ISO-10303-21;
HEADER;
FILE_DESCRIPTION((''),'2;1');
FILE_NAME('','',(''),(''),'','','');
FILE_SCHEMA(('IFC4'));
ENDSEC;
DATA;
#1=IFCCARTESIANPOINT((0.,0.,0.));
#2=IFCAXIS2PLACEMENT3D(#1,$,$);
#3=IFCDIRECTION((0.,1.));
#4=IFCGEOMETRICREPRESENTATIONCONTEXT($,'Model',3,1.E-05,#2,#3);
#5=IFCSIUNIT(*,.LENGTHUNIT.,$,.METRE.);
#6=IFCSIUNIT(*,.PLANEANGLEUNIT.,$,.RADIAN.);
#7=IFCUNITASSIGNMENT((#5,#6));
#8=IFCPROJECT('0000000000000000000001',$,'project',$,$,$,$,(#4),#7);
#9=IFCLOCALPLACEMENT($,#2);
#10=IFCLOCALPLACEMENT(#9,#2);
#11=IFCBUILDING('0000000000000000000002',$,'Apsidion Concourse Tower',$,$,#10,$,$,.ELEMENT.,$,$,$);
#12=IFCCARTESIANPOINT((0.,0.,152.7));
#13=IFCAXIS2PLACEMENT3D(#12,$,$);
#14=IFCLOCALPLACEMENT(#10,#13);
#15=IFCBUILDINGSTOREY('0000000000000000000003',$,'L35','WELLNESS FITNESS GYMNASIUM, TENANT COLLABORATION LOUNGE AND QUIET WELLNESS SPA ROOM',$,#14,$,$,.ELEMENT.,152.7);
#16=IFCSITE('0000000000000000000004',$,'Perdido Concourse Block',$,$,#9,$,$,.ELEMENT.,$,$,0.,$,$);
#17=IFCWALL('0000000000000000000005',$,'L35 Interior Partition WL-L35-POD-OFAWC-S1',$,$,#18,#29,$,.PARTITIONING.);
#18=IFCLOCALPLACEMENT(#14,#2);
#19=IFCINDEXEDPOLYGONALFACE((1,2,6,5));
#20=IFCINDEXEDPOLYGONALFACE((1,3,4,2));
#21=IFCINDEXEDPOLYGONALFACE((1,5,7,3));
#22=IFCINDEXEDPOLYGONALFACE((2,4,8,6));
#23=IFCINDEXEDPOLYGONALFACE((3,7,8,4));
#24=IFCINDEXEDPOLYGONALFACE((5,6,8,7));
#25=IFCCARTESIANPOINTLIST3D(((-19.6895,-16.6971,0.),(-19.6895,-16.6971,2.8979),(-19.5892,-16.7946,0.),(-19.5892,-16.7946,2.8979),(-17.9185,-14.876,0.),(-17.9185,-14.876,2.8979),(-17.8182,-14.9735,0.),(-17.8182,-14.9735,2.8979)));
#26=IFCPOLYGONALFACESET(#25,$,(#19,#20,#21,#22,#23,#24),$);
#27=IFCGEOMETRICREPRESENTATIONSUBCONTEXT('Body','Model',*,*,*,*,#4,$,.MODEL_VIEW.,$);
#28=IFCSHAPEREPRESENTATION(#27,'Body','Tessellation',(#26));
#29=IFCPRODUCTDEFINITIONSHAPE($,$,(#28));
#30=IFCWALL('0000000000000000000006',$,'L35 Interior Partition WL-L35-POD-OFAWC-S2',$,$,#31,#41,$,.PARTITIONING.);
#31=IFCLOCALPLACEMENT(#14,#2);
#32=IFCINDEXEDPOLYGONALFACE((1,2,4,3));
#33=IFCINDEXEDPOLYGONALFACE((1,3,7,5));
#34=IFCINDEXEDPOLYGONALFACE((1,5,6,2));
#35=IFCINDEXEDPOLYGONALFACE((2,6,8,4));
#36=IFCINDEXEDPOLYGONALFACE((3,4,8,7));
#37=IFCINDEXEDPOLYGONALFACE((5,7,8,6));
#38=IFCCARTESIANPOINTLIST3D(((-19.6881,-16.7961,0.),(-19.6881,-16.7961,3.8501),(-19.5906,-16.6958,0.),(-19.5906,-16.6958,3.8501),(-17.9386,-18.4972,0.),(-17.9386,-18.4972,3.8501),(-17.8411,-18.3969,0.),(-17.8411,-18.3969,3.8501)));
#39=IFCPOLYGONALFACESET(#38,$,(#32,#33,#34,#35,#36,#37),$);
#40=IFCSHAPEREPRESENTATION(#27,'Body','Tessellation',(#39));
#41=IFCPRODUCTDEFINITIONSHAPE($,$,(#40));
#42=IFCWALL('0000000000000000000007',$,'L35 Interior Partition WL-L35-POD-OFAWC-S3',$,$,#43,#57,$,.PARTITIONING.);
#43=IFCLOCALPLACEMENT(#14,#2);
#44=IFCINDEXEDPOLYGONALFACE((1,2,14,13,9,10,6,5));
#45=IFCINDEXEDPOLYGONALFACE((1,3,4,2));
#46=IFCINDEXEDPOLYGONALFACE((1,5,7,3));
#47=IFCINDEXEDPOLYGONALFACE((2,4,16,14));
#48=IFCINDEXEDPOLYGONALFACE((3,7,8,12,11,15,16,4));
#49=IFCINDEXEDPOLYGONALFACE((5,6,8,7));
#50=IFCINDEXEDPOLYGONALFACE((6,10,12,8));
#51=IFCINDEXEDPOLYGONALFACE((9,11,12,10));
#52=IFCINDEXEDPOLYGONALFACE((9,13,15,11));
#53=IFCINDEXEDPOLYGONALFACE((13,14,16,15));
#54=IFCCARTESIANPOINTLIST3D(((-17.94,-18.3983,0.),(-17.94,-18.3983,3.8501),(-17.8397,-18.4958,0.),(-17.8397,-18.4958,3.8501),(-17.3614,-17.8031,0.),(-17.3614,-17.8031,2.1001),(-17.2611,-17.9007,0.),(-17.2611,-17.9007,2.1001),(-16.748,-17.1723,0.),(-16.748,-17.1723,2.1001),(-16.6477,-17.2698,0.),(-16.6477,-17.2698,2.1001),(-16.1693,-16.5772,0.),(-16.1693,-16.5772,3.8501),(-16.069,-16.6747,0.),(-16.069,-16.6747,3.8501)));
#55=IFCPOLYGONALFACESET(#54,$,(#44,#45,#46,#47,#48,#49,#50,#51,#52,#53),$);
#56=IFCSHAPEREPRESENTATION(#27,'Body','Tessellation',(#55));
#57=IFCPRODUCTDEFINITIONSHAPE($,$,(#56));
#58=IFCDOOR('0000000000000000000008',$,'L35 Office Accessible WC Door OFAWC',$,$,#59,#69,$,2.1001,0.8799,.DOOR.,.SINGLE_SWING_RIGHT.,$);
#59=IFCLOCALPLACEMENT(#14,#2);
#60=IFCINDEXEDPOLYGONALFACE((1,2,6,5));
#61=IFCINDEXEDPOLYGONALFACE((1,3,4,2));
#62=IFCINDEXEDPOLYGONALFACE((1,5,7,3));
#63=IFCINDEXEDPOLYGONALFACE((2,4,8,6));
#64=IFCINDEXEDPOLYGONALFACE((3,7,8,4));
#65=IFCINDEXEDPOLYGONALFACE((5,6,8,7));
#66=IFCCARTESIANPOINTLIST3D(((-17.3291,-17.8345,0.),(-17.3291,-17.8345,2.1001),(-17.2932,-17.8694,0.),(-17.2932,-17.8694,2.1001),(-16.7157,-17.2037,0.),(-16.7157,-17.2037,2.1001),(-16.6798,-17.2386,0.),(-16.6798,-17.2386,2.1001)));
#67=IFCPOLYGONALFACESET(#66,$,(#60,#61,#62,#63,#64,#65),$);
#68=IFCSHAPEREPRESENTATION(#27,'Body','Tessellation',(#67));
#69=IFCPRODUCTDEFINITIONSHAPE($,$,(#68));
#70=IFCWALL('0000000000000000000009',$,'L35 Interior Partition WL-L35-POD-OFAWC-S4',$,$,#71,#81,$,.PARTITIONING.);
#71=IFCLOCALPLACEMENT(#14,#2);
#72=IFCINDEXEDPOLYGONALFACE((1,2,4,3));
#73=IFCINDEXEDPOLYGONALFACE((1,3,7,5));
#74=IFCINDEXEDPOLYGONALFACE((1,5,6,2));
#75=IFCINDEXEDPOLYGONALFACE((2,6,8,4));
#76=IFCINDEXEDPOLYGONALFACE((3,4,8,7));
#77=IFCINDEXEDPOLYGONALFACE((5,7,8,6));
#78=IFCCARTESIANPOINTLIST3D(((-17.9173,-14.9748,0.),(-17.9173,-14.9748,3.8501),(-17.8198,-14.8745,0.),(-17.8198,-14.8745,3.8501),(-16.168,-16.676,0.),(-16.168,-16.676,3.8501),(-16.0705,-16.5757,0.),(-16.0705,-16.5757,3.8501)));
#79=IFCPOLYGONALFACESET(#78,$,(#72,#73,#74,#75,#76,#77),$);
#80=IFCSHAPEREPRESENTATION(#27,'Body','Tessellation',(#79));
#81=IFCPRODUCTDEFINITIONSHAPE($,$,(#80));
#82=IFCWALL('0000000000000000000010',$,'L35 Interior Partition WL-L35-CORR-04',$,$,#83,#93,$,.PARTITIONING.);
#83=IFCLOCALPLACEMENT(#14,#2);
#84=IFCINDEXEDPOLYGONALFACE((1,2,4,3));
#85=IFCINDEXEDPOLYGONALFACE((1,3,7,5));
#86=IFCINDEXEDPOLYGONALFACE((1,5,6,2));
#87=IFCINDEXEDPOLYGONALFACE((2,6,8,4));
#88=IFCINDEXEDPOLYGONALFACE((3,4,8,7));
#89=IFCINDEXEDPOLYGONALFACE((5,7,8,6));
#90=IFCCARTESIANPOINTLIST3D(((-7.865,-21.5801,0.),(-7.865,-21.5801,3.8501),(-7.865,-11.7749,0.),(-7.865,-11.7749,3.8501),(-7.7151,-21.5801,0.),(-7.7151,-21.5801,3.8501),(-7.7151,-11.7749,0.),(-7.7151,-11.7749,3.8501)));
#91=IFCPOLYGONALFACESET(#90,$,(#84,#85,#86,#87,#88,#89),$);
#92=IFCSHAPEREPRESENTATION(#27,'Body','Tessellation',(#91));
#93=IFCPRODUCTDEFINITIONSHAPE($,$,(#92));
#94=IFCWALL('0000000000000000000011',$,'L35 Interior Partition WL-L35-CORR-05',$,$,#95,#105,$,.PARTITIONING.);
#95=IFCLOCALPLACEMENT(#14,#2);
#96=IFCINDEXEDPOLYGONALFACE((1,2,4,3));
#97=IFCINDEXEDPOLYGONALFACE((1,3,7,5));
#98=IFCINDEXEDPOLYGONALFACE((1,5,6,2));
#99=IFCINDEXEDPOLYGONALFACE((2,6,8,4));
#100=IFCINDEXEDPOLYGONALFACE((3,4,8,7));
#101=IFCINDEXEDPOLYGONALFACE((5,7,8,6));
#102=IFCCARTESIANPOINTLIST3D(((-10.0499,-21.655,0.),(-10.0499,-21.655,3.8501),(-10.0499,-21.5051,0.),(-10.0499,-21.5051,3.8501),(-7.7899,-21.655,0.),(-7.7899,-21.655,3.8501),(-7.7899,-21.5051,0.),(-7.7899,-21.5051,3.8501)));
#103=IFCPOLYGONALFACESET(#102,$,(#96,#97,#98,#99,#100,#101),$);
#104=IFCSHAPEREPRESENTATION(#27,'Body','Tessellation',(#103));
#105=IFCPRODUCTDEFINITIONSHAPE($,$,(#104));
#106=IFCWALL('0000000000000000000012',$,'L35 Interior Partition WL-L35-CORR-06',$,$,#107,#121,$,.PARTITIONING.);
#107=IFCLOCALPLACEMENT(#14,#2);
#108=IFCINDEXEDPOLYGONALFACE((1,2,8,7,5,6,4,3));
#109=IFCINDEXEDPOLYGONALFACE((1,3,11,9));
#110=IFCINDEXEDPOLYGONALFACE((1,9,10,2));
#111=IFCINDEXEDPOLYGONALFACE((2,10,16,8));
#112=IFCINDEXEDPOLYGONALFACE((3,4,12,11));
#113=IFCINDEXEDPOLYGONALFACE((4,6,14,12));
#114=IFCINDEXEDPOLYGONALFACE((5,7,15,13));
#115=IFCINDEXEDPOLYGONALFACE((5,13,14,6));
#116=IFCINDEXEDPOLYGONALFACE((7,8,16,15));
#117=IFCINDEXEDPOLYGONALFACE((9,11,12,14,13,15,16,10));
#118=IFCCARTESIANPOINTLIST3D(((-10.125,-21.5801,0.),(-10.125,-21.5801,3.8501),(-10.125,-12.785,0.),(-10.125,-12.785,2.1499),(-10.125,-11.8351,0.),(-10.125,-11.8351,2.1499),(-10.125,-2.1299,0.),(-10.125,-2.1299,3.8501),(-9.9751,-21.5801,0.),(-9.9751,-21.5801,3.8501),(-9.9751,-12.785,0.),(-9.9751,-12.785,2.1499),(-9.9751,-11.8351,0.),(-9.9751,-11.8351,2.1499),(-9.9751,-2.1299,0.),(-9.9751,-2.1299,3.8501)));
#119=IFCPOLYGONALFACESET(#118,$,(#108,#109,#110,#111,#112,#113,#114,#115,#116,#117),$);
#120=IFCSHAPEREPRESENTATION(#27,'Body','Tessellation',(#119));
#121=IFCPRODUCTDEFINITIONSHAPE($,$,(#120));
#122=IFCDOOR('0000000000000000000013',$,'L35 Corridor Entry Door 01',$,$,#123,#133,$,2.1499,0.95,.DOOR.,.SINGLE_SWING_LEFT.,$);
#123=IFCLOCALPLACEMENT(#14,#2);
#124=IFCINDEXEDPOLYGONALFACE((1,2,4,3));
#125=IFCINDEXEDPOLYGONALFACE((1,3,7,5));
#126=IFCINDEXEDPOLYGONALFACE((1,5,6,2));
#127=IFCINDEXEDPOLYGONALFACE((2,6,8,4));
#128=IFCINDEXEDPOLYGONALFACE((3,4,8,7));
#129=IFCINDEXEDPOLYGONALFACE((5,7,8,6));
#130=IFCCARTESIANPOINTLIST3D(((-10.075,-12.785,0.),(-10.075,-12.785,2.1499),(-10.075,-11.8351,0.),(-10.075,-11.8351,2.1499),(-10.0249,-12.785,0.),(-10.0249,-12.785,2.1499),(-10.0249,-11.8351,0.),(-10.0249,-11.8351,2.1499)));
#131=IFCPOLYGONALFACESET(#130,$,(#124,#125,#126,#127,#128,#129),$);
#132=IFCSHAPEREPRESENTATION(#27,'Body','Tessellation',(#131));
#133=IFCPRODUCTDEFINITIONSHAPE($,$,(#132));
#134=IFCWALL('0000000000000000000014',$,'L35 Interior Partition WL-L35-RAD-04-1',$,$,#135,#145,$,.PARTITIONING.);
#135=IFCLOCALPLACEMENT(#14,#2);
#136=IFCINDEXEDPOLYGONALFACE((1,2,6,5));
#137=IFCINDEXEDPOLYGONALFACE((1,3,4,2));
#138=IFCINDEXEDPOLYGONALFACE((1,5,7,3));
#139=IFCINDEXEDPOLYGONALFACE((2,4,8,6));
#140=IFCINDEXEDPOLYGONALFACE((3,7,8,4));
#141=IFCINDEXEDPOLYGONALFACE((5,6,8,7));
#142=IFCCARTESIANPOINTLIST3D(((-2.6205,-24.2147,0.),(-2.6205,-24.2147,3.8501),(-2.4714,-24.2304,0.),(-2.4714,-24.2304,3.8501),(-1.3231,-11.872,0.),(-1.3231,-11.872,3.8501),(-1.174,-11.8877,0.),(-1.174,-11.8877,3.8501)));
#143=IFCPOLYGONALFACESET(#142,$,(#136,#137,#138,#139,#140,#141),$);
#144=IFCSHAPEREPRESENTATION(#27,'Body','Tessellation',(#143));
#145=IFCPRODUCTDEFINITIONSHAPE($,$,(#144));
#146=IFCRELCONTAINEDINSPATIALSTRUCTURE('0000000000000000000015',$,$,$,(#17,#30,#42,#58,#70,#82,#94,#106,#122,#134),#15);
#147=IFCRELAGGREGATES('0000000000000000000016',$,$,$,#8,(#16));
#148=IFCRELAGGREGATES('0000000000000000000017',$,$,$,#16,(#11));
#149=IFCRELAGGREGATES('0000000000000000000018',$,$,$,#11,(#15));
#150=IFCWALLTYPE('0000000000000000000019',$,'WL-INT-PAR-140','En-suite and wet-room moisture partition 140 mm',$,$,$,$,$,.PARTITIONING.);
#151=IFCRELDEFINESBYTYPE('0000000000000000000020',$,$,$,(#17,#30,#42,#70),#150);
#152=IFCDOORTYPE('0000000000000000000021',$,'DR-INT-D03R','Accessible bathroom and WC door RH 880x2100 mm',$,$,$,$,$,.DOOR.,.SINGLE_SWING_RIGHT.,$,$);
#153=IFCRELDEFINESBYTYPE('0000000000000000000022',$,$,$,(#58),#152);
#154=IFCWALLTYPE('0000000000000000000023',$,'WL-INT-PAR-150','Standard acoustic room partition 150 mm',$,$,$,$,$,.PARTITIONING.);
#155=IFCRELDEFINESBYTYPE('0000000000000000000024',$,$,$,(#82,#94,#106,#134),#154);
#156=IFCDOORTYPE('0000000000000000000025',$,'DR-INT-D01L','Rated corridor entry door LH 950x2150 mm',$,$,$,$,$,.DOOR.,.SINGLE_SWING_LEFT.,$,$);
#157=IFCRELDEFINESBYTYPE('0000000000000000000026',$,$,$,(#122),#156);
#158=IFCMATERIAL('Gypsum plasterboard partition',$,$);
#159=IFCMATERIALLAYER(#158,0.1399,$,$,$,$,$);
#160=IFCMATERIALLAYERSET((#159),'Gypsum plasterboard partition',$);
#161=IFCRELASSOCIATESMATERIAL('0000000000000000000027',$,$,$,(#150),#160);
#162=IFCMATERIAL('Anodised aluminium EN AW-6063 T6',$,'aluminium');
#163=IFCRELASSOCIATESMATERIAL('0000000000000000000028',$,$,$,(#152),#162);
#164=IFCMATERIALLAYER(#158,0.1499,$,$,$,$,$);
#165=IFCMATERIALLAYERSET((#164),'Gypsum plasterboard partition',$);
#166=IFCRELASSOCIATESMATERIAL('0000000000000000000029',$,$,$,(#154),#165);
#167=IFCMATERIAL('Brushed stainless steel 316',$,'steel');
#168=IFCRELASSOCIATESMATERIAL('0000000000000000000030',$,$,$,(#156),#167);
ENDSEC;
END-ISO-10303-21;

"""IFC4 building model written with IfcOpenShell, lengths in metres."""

from ifc_helpers import new_model, si_unit, direction, frame, frame_2d, origin, place, context, subcontext, project, spatial, rectangle, extrude, material, layer, layer_set, type_object, element, fill, save


model = new_model("IFC4")

# Units and contexts
model_context = context("Model", 3, precision=1e-05, world=origin(), true_north=direction((0.0, 1.0)))
body_context = subcontext(model_context, "Body", "Model", "MODEL_VIEW")
ifc_project = project(units=[si_unit("LENGTHUNIT", "METRE"), si_unit("PLANEANGLEUNIT", "RADIAN")], contexts=[model_context])

# Site, building, storey
site_placement = place(None, origin())
site = spatial("IfcSite", under=ifc_project, at=site_placement, Name="Perdido Concourse Block", CompositionType="ELEMENT", RefElevation=0.0)
building_placement = place(site_placement, origin())
building = spatial("IfcBuilding", under=site, at=building_placement, Name="Apsidion Concourse Tower", CompositionType="ELEMENT")
storey_placement = place(building_placement, frame((0.0, 0.0, 152.7)))
storey = spatial("IfcBuildingStorey", under=building, at=storey_placement, Name="L35", Description="WELLNESS FITNESS GYMNASIUM, TENANT COLLABORATION LOUNGE AND QUIET WELLNESS SPA ROOM", CompositionType="ELEMENT", Elevation=152.7)

# Shared definitions
ifc_material_1 = material(Name="Anodised aluminium EN AW-6063 T6", Category="aluminium")

# Walls
ifc_material_2 = material(Name="Gypsum plasterboard partition")
ifc_layer_1 = layer(ifc_material_2, 0.1399)
ifc_layer_set_1 = layer_set([ifc_layer_1], Name="Gypsum plasterboard partition")
wall_type_1 = type_object("IfcWallType", Name="WL-INT-PAR-140", Description="En-suite and wet-room moisture partition 140 mm", PredefinedType="PARTITIONING", material=ifc_layer_set_1)
wall_1_placement = place(storey_placement, frame((-17.8684, -14.9248, 0.0), z_axis=(0.0, 0.0, 1.0), x_axis=(-0.697187, -0.716889, 0.0)))
element("IfcWall", 1, at=wall_1_placement, inside=storey, type_object=wall_type_1, Name="L35 Interior Partition WL-L35-POD-OFAWC-S1", PredefinedType="PARTITIONING", context=body_context, shape_type="SweptSolid", body=[
    extrude(rectangle(XDim=2.5403, YDim=0.1399, at=frame_2d((1.27, 0.0))), origin(), (0.0, 0.0, 1.0), 2.8979),
])
wall_2_placement = place(storey_placement, frame((-19.6394, -16.7458, 0.0), z_axis=(0.0, 0.0, 1.0), x_axis=(0.716942, -0.697133, 0.0)))
element("IfcWall", 2, at=wall_2_placement, inside=storey, type_object=wall_type_1, Name="L35 Interior Partition WL-L35-POD-OFAWC-S2", PredefinedType="PARTITIONING", context=body_context, shape_type="SweptSolid", body=[
    extrude(rectangle(XDim=2.4402, YDim=0.1399, at=frame_2d((1.2202, 0.0))), origin(), (0.0, 0.0, 1.0), 3.8501),
])

# Wall, opening, door
wall_3_placement = place(storey_placement, frame((-17.8899, -18.447, 0.0), z_axis=(0.0, 0.0, 1.0), x_axis=(0.697137, 0.716938, 0.0)))
wall_3 = element("IfcWall", 3, at=wall_3_placement, inside=storey, type_object=wall_type_1, Name="L35 Interior Partition WL-L35-POD-OFAWC-S3", PredefinedType="PARTITIONING", context=body_context, shape_type="SweptSolid", body=[
    extrude(rectangle(XDim=2.54, YDim=0.1399, at=frame_2d((1.27, 0.0))), origin(), (0.0, 0.0, 1.0), 3.8501),
])
opening_1_placement = place(wall_3_placement, frame((0.8301, 0.0, 0.0)))
opening_1 = element("IfcOpeningElement", 4, at=opening_1_placement, cuts=wall_3, PredefinedType="OPENING", context=body_context, shape_type="SweptSolid", body=[
    extrude(rectangle(XDim=0.8799, YDim=2.1001, at=frame_2d((0.4399, 1.05))), frame((0.0, 0.0801, 0.0), z_axis=(0.0, -1.0, 0.0), x_axis=(1.0, 0.0, 0.0)), (0.0, 0.0, 1.0), 0.1599),
])
door_type_1 = type_object("IfcDoorType", Name="DR-INT-D03R", Description="Accessible bathroom and WC door RH 880x2100 mm", OperationType="SINGLE_SWING_RIGHT", PredefinedType="DOOR", material=ifc_material_1)
door_1_placement = place(opening_1_placement, origin())
door_1 = element("IfcDoor", 5, at=door_1_placement, inside=storey, type_object=door_type_1, Name="L35 Office Accessible WC Door OFAWC", OperationType="SINGLE_SWING_RIGHT", OverallHeight=2.1001, OverallWidth=0.8799, PredefinedType="DOOR", context=body_context, shape_type="SweptSolid", body=[
    extrude(rectangle(XDim=0.8799, YDim=2.1001, at=frame_2d((0.4399, 1.05))), frame((0.0, 0.0249, 0.0), z_axis=(0.0, -1.0, 0.0), x_axis=(1.0, 0.0, 0.0)), (0.0, 0.0, 1.0), 0.05),
])
fill(opening_1, door_1)

# Walls
wall_4_placement = place(storey_placement, frame((-16.1191, -16.626, 0.0), z_axis=(0.0, 0.0, 1.0), x_axis=(-0.716894, 0.697183, 0.0)))
element("IfcWall", 6, at=wall_4_placement, inside=storey, type_object=wall_type_1, Name="L35 Interior Partition WL-L35-POD-OFAWC-S4", PredefinedType="PARTITIONING", context=body_context, shape_type="SweptSolid", body=[
    extrude(rectangle(XDim=2.4402, YDim=0.1399, at=frame_2d((1.2202, 0.0))), origin(), (0.0, 0.0, 1.0), 3.8501),
])
ifc_layer_2 = layer(ifc_material_2, 0.1499)
ifc_layer_set_2 = layer_set([ifc_layer_2], Name="Gypsum plasterboard partition")
wall_type_2 = type_object("IfcWallType", Name="WL-INT-PAR-150", Description="Standard acoustic room partition 150 mm", PredefinedType="PARTITIONING", material=ifc_layer_set_2)
wall_5_placement = place(storey_placement, frame((-7.79, -11.7749, 0.0), z_axis=(0.0, 0.0, 1.0), x_axis=(0.0, -1.0, 0.0)))
element("IfcWall", 7, at=wall_5_placement, inside=storey, type_object=wall_type_2, Name="L35 Interior Partition WL-L35-CORR-04", PredefinedType="PARTITIONING", context=body_context, shape_type="SweptSolid", body=[
    extrude(rectangle(XDim=9.8052, YDim=0.1499, at=frame_2d((4.9026, 0.0))), origin(), (0.0, 0.0, 1.0), 3.8501),
])
wall_6_placement = place(storey_placement, frame((-7.79, -21.5801, 0.0), z_axis=(0.0, 0.0, 1.0), x_axis=(-1.0, 0.0, 0.0)))
element("IfcWall", 8, at=wall_6_placement, inside=storey, type_object=wall_type_2, Name="L35 Interior Partition WL-L35-CORR-05", PredefinedType="PARTITIONING", context=body_context, shape_type="SweptSolid", body=[
    extrude(rectangle(XDim=2.26, YDim=0.1499, at=frame_2d((1.1299, 0.0))), origin(), (0.0, 0.0, 1.0), 3.8501),
])

# Wall, opening, door
wall_7_placement = place(storey_placement, frame((-10.05, -21.5801, 0.0), z_axis=(0.0, 0.0, 1.0), x_axis=(0.0, 1.0, 0.0)))
wall_7 = element("IfcWall", 9, at=wall_7_placement, inside=storey, type_object=wall_type_2, Name="L35 Interior Partition WL-L35-CORR-06", PredefinedType="PARTITIONING", context=body_context, shape_type="SweptSolid", body=[
    extrude(rectangle(XDim=19.4502, YDim=0.1499, at=frame_2d((9.7251, 0.0))), origin(), (0.0, 0.0, 1.0), 3.8501),
])
opening_2_placement = place(wall_7_placement, frame((8.7949, 0.0, 0.0)))
opening_2 = element("IfcOpeningElement", 10, at=opening_2_placement, cuts=wall_7, PredefinedType="OPENING", context=body_context, shape_type="SweptSolid", body=[
    extrude(rectangle(XDim=0.95, YDim=2.1499, at=frame_2d((0.4751, 1.075))), frame((0.0, 0.085, 0.0), z_axis=(0.0, -1.0, 0.0), x_axis=(1.0, 0.0, 0.0)), (0.0, 0.0, 1.0), 0.1699),
])
ifc_material_3 = material(Name="Brushed stainless steel 316", Category="steel")
door_type_2 = type_object("IfcDoorType", Name="DR-INT-D01L", Description="Rated corridor entry door LH 950x2150 mm", OperationType="SINGLE_SWING_LEFT", PredefinedType="DOOR", material=ifc_material_3)
door_2_placement = place(opening_2_placement, origin())
door_2 = element("IfcDoor", 11, at=door_2_placement, inside=storey, type_object=door_type_2, Name="L35 Corridor Entry Door 01", OperationType="SINGLE_SWING_LEFT", OverallHeight=2.1499, OverallWidth=0.95, PredefinedType="DOOR", context=body_context, shape_type="SweptSolid", body=[
    extrude(rectangle(XDim=0.95, YDim=2.1499, at=frame_2d((0.4751, 1.075))), frame((0.0, 0.0249, 0.0), z_axis=(0.0, -1.0, 0.0), x_axis=(1.0, 0.0, 0.0)), (0.0, 0.0, 1.0), 0.05),
])
fill(opening_2, door_2)

# Wall
wall_8_placement = place(storey_placement, frame((-1.2485, -11.8799, 0.0), z_axis=(0.0, 0.0, 1.0), x_axis=(-0.104537, -0.994521, 0.0)))
element("IfcWall", 12, at=wall_8_placement, inside=storey, type_object=wall_type_2, Name="L35 Interior Partition WL-L35-RAD-04-1", PredefinedType="PARTITIONING", context=body_context, shape_type="SweptSolid", body=[
    extrude(rectangle(XDim=12.4106, YDim=0.1499, at=frame_2d((6.2053, 0.0))), origin(), (0.0, 0.0, 1.0), 3.8501),
])

save(model, "model.ifc")
